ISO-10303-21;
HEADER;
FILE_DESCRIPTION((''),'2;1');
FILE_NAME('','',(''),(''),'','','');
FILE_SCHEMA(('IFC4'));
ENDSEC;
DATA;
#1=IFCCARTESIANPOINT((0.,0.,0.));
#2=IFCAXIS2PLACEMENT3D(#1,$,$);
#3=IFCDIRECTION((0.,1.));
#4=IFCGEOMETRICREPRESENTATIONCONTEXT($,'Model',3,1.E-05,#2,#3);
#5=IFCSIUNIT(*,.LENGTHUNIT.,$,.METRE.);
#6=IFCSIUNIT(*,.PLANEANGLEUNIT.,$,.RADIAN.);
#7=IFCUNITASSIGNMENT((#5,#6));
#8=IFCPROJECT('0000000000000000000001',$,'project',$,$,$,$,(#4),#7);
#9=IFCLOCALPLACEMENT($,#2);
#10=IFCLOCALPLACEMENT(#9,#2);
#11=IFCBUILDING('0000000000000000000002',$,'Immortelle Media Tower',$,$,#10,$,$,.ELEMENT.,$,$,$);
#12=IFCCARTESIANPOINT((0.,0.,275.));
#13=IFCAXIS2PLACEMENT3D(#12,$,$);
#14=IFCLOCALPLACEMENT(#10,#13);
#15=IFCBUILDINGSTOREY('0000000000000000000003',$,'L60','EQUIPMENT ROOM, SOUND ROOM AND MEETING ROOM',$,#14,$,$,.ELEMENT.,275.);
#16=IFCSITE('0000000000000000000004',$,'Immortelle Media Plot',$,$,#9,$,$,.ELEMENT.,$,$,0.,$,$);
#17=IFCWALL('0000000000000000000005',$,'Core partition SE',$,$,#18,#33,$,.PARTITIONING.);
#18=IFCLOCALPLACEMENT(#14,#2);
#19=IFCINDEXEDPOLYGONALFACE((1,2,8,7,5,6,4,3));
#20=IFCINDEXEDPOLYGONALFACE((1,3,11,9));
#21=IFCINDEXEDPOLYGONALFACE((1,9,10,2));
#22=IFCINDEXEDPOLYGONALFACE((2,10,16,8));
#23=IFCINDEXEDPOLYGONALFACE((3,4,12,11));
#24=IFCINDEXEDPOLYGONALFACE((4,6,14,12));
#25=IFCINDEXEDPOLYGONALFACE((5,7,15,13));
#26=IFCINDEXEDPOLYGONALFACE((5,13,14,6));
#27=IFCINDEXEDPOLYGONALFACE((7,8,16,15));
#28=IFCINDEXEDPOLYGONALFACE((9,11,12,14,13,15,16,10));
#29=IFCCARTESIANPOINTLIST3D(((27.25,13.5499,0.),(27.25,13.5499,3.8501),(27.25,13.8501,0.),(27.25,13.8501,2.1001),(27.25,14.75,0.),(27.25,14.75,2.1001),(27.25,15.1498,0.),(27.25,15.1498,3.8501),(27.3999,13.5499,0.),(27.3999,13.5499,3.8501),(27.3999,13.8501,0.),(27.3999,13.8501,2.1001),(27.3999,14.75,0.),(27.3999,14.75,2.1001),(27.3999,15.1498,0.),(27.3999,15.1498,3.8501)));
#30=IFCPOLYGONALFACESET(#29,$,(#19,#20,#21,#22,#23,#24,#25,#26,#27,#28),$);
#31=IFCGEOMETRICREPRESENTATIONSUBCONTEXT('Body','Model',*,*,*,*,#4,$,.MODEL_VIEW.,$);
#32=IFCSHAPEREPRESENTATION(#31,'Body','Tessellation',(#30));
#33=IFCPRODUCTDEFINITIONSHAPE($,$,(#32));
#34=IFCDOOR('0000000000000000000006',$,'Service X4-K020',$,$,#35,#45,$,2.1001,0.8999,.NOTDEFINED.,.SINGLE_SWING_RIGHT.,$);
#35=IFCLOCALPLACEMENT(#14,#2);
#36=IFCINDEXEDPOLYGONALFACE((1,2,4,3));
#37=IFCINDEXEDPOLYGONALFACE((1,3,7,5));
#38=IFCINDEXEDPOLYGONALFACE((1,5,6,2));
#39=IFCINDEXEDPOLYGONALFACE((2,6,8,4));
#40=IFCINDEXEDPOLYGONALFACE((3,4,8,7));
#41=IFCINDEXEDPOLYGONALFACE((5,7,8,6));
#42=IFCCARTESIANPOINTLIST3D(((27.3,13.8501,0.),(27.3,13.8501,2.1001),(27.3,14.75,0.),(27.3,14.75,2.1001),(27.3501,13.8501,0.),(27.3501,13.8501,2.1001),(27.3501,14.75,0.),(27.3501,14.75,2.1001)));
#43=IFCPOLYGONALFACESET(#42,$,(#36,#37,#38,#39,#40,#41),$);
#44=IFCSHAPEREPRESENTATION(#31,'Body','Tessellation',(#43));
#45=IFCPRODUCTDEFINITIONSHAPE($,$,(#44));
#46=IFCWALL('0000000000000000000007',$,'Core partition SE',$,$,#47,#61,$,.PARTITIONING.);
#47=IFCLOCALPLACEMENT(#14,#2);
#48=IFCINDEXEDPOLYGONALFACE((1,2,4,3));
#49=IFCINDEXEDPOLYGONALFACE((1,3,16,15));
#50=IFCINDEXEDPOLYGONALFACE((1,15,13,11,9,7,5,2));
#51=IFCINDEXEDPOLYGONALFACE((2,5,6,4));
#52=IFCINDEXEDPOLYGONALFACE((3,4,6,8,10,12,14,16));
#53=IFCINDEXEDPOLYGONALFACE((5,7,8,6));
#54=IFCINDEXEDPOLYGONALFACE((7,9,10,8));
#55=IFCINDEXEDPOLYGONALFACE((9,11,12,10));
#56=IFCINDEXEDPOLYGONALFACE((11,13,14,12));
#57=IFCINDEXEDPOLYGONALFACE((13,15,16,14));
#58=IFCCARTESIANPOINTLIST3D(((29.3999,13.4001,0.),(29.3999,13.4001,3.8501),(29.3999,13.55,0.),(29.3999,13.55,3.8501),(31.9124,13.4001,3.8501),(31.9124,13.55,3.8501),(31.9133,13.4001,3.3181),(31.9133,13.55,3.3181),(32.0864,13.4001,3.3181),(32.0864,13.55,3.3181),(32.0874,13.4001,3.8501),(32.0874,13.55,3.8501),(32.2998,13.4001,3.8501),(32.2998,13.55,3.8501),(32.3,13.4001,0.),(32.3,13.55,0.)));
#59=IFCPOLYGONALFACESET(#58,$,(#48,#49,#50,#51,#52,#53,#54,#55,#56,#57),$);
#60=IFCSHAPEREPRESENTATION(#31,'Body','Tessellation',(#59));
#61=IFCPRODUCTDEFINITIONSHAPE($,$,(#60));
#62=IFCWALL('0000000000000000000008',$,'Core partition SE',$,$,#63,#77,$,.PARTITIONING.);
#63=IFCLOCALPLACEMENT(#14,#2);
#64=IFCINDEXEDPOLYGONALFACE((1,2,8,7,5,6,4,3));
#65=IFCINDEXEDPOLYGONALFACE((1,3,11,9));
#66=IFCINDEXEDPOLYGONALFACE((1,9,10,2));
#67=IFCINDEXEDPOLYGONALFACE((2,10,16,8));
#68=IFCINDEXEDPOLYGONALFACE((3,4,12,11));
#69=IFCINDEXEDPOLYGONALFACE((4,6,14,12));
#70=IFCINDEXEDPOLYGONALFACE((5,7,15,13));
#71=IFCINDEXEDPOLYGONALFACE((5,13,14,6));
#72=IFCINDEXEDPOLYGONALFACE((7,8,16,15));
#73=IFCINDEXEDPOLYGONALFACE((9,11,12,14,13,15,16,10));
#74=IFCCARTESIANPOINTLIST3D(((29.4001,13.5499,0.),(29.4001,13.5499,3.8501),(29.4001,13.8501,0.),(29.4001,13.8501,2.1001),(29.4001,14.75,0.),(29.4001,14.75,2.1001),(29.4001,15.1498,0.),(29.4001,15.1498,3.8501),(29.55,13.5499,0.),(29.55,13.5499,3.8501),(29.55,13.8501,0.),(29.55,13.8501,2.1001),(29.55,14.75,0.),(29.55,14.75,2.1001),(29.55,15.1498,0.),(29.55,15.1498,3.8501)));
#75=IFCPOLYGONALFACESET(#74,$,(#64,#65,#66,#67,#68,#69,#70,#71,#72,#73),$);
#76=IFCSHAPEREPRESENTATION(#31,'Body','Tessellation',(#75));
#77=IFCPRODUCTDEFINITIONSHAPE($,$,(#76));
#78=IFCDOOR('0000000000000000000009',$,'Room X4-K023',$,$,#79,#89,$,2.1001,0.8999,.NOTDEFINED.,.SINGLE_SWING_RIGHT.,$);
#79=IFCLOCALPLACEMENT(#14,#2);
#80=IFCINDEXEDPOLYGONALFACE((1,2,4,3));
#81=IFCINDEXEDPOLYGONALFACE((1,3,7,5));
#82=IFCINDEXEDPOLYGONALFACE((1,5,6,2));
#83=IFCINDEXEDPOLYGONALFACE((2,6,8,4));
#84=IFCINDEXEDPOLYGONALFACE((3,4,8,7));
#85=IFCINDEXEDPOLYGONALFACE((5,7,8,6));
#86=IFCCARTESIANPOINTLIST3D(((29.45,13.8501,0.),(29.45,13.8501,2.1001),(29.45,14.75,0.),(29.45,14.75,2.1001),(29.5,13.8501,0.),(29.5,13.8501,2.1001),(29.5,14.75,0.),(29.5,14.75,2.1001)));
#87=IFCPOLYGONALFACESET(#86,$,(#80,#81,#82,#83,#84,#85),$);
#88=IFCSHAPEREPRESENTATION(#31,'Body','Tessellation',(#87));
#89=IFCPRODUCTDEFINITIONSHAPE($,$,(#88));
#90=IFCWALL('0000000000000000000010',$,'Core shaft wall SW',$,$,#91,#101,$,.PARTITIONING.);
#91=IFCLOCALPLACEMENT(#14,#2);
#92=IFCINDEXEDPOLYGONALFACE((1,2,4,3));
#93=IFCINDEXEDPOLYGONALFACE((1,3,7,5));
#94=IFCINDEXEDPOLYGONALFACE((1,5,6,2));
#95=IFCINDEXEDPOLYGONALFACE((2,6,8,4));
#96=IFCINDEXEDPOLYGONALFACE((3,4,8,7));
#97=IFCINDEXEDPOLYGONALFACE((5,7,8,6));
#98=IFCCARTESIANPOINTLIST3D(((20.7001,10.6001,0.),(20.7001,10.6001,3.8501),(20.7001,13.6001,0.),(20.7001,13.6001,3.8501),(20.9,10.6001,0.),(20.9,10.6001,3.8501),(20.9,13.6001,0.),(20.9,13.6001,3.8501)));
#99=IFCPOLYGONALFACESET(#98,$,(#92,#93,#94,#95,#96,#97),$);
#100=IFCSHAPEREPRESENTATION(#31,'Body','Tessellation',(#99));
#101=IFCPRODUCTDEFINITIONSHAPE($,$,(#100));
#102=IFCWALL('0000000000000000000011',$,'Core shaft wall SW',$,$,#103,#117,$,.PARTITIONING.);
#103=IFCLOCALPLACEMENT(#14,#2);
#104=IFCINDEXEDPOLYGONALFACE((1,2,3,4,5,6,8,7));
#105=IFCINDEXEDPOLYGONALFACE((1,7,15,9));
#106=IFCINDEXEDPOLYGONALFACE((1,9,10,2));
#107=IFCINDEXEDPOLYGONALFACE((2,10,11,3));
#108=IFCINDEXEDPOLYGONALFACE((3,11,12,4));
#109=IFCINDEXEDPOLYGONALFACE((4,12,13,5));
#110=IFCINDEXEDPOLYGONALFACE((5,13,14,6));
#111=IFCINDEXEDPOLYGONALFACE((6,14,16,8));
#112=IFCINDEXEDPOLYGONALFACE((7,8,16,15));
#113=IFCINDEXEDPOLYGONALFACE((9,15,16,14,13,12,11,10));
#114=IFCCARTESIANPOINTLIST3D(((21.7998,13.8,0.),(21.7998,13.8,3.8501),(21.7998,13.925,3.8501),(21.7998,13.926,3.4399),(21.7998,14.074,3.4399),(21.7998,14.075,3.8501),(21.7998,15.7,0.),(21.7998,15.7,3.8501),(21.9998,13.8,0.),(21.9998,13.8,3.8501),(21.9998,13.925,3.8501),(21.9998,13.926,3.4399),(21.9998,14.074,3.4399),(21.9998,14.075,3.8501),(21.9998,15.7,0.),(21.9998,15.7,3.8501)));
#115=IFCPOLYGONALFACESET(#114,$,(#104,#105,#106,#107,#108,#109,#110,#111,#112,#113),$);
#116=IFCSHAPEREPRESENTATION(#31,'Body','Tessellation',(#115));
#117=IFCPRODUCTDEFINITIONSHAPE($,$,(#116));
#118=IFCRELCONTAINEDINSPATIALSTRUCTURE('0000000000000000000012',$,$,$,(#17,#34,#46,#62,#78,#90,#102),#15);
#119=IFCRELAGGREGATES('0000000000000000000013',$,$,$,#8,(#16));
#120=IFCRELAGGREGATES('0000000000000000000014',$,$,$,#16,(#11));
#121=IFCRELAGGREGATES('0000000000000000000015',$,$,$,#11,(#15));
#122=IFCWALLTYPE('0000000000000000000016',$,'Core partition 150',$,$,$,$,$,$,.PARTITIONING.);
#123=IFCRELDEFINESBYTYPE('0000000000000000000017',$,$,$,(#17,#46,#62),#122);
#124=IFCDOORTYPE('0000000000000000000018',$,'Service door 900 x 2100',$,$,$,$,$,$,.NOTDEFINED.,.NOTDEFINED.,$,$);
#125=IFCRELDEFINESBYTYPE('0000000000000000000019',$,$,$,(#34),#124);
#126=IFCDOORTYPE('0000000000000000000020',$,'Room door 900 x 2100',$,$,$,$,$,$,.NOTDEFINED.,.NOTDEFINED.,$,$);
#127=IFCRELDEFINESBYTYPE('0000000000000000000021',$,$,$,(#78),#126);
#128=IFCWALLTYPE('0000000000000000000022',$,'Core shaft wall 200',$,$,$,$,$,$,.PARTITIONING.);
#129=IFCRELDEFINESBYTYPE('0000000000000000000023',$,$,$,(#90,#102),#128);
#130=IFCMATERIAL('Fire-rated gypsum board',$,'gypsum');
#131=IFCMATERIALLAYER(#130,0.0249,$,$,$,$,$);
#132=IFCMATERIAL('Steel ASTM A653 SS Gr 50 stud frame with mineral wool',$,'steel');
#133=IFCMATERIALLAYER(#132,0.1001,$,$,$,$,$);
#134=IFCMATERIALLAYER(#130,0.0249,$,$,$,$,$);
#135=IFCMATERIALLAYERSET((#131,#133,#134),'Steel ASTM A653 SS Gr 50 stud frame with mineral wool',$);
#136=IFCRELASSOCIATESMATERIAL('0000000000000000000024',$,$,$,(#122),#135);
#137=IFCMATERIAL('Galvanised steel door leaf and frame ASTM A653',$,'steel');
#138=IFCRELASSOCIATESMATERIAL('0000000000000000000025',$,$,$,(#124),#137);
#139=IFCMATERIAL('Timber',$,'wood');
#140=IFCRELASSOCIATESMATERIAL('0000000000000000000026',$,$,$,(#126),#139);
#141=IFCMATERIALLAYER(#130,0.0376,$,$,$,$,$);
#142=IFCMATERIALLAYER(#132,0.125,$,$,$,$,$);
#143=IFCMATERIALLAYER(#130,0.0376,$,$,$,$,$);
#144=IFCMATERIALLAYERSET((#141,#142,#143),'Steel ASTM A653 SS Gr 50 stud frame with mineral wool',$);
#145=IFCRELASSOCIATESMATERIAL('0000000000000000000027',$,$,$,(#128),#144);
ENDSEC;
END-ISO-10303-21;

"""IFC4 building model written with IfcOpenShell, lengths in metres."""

from ifc_helpers import new_model, si_unit, direction, frame, frame_2d, origin, place, context, subcontext, project, spatial, polyline, rectangle, outline, extrude, material, layer, layer_set, type_object, element, fill, save


model = new_model("IFC4")

# Units and contexts
model_context = context("Model", 3, precision=1e-05, world=origin(), true_north=direction((0.0, 1.0)))
body_context = subcontext(model_context, "Body", "Model", "MODEL_VIEW")
ifc_project = project(units=[si_unit("LENGTHUNIT", "METRE"), si_unit("PLANEANGLEUNIT", "RADIAN")], contexts=[model_context])

# Site, building, storey
site_placement = place(None, origin())
site = spatial("IfcSite", under=ifc_project, at=site_placement, Name="Immortelle Media Plot", CompositionType="ELEMENT", RefElevation=0.0)
building_placement = place(site_placement, origin())
building = spatial("IfcBuilding", under=site, at=building_placement, Name="Immortelle Media Tower", CompositionType="ELEMENT")
storey_placement = place(building_placement, frame((0.0, 0.0, 275.0)))
storey = spatial("IfcBuildingStorey", under=building, at=storey_placement, Name="L60", Description="EQUIPMENT ROOM, SOUND ROOM AND MEETING ROOM", CompositionType="ELEMENT", Elevation=275.0)

# Shared definitions
ifc_material_1 = material(Name="Fire-rated gypsum board", Category="gypsum")
ifc_layer_1 = layer(ifc_material_1, 0.0249)
ifc_material_2 = material(Name="Steel ASTM A653 SS Gr 50 stud frame with mineral wool", Category="steel")
ifc_layer_2 = layer(ifc_material_2, 0.1001)
ifc_layer_3 = layer(ifc_material_1, 0.0249)
ifc_layer_set_1 = layer_set([ifc_layer_1, ifc_layer_2, ifc_layer_3], Name="Steel ASTM A653 SS Gr 50 stud frame with mineral wool")
wall_type_1 = type_object("IfcWallType", Name="Core partition 150", PredefinedType="PARTITIONING", material=ifc_layer_set_1)

# Wall, opening, door
wall_1_placement = place(storey_placement, frame((27.325, 13.55, 0.0), z_axis=(0.0, 0.0, 1.0), x_axis=(0.0, 1.0, 0.0)))
wall_1 = element("IfcWall", 1, at=wall_1_placement, inside=storey, type_object=wall_type_1, Name="Core partition SE", PredefinedType="PARTITIONING", context=body_context, shape_type="SweptSolid", body=[
    extrude(rectangle(XDim=1.5999, YDim=0.1499, at=frame_2d((0.7998, 0.0))), origin(), (0.0, 0.0, 1.0), 3.8501),
])
opening_1_placement = place(wall_1_placement, frame((0.3, 0.0, 0.0)))
opening_1 = element("IfcOpeningElement", 2, at=opening_1_placement, cuts=wall_1, PredefinedType="OPENING", context=body_context, shape_type="SweptSolid", body=[
    extrude(rectangle(XDim=0.8999, YDim=2.1001, at=frame_2d((0.45, 1.05))), frame((0.0, 0.085, 0.0), z_axis=(0.0, -1.0, 0.0), x_axis=(1.0, 0.0, 0.0)), (0.0, 0.0, 1.0), 0.1699),
])
ifc_material_3 = material(Name="Galvanised steel door leaf and frame ASTM A653", Category="steel")
door_type_1 = type_object("IfcDoorType", Name="Service door 900 x 2100", OperationType="NOTDEFINED", PredefinedType="NOTDEFINED", material=ifc_material_3)
door_1_placement = place(opening_1_placement, origin())
door_1 = element("IfcDoor", 3, at=door_1_placement, inside=storey, type_object=door_type_1, Name="Service X4-K020", OperationType="SINGLE_SWING_RIGHT", OverallHeight=2.1001, OverallWidth=0.8999, PredefinedType="NOTDEFINED", context=body_context, shape_type="SweptSolid", body=[
    extrude(rectangle(XDim=0.8999, YDim=2.1001, at=frame_2d((0.45, 1.05))), frame((0.0, 0.0249, 0.0), z_axis=(0.0, -1.0, 0.0), x_axis=(1.0, 0.0, 0.0)), (0.0, 0.0, 1.0), 0.05),
])
fill(opening_1, door_1)

# Wall
wall_2_placement = place(storey_placement, frame((29.3999, 13.4751, 0.0), z_axis=(0.0, 0.0, 1.0), x_axis=(1.0, 0.0, 0.0)))
element("IfcWall", 4, at=wall_2_placement, inside=storey, type_object=wall_type_1, Name="Core partition SE", PredefinedType="PARTITIONING", context=body_context, shape_type="SweptSolid", body=[
    extrude(outline(polyline([(0.0, 0.0), (2.9001, 0.0), (2.8999, 3.8501), (2.6875, 3.8501), (2.6865, 3.3181), (2.5134, 3.3181), (2.5125, 3.8501), (0.0, 3.8501), (0.0, 0.0)])), frame((0.0, 0.075, 0.0), z_axis=(0.0, -1.0, 0.0), x_axis=(1.0, 0.0, 0.0)), (0.0, 0.0, 1.0), 0.1499),
])

# Wall, opening, door
wall_3_placement = place(storey_placement, frame((29.4751, 13.55, 0.0), z_axis=(0.0, 0.0, 1.0), x_axis=(0.0, 1.0, 0.0)))
wall_3 = element("IfcWall", 5, at=wall_3_placement, inside=storey, type_object=wall_type_1, Name="Core partition SE", PredefinedType="PARTITIONING", context=body_context, shape_type="SweptSolid", body=[
    extrude(rectangle(XDim=1.5999, YDim=0.1499, at=frame_2d((0.7998, 0.0))), origin(), (0.0, 0.0, 1.0), 3.8501),
])
opening_2_placement = place(wall_3_placement, frame((1.2, 0.0, 0.0), z_axis=(0.0, 0.0, 1.0), x_axis=(-1.0, 0.0, 0.0)))
opening_2 = element("IfcOpeningElement", 6, at=opening_2_placement, cuts=wall_3, PredefinedType="OPENING", context=body_context, shape_type="SweptSolid", body=[
    extrude(rectangle(XDim=0.8999, YDim=2.1001, at=frame_2d((0.45, 1.05))), frame((0.0, 0.085, 0.0), z_axis=(0.0, -1.0, 0.0), x_axis=(1.0, 0.0, 0.0)), (0.0, 0.0, 1.0), 0.1699),
])
ifc_material_4 = material(Name="Timber", Category="wood")
door_type_2 = type_object("IfcDoorType", Name="Room door 900 x 2100", OperationType="NOTDEFINED", PredefinedType="NOTDEFINED", material=ifc_material_4)
door_2_placement = place(opening_2_placement, origin())
door_2 = element("IfcDoor", 7, at=door_2_placement, inside=storey, type_object=door_type_2, Name="Room X4-K023", OperationType="SINGLE_SWING_RIGHT", OverallHeight=2.1001, OverallWidth=0.8999, PredefinedType="NOTDEFINED", context=body_context, shape_type="SweptSolid", body=[
    extrude(rectangle(XDim=0.8999, YDim=2.1001, at=frame_2d((0.45, 1.05))), frame((0.0, 0.0249, 0.0), z_axis=(0.0, -1.0, 0.0), x_axis=(1.0, 0.0, 0.0)), (0.0, 0.0, 1.0), 0.05),
])
fill(opening_2, door_2)

# Walls
ifc_layer_4 = layer(ifc_material_1, 0.0376)
ifc_layer_5 = layer(ifc_material_2, 0.125)
ifc_layer_6 = layer(ifc_material_1, 0.0376)
ifc_layer_set_2 = layer_set([ifc_layer_4, ifc_layer_5, ifc_layer_6], Name="Steel ASTM A653 SS Gr 50 stud frame with mineral wool")
wall_type_2 = type_object("IfcWallType", Name="Core shaft wall 200", PredefinedType="PARTITIONING", material=ifc_layer_set_2)
wall_4_placement = place(storey_placement, frame((20.8, 10.6001, 0.0), z_axis=(0.0, 0.0, 1.0), x_axis=(0.0, 1.0, 0.0)))
element("IfcWall", 8, at=wall_4_placement, inside=storey, type_object=wall_type_2, Name="Core shaft wall SW", PredefinedType="PARTITIONING", context=body_context, shape_type="SweptSolid", body=[
    extrude(rectangle(XDim=3.0, YDim=0.2, at=frame_2d((1.5, 0.0))), origin(), (0.0, 0.0, 1.0), 3.8501),
])
wall_5_placement = place(storey_placement, frame((21.8999, 13.8, 0.0), z_axis=(0.0, 0.0, 1.0), x_axis=(0.0, 1.0, 0.0)))
element("IfcWall", 9, at=wall_5_placement, inside=storey, type_object=wall_type_2, Name="Core shaft wall SW", PredefinedType="PARTITIONING", context=body_context, shape_type="SweptSolid", body=[
    extrude(outline(polyline([(0.0, 0.0), (1.8999, 0.0), (1.8999, 3.8501), (0.2749, 3.8501), (0.2739, 3.4399), (0.126, 3.4399), (0.125, 3.8501), (0.0, 3.8501), (0.0, 0.0)])), frame((0.0, 0.1001, 0.0), z_axis=(0.0, -1.0, 0.0), x_axis=(1.0, 0.0, 0.0)), (0.0, 0.0, 1.0), 0.2),
])

save(model, "model.ifc")
